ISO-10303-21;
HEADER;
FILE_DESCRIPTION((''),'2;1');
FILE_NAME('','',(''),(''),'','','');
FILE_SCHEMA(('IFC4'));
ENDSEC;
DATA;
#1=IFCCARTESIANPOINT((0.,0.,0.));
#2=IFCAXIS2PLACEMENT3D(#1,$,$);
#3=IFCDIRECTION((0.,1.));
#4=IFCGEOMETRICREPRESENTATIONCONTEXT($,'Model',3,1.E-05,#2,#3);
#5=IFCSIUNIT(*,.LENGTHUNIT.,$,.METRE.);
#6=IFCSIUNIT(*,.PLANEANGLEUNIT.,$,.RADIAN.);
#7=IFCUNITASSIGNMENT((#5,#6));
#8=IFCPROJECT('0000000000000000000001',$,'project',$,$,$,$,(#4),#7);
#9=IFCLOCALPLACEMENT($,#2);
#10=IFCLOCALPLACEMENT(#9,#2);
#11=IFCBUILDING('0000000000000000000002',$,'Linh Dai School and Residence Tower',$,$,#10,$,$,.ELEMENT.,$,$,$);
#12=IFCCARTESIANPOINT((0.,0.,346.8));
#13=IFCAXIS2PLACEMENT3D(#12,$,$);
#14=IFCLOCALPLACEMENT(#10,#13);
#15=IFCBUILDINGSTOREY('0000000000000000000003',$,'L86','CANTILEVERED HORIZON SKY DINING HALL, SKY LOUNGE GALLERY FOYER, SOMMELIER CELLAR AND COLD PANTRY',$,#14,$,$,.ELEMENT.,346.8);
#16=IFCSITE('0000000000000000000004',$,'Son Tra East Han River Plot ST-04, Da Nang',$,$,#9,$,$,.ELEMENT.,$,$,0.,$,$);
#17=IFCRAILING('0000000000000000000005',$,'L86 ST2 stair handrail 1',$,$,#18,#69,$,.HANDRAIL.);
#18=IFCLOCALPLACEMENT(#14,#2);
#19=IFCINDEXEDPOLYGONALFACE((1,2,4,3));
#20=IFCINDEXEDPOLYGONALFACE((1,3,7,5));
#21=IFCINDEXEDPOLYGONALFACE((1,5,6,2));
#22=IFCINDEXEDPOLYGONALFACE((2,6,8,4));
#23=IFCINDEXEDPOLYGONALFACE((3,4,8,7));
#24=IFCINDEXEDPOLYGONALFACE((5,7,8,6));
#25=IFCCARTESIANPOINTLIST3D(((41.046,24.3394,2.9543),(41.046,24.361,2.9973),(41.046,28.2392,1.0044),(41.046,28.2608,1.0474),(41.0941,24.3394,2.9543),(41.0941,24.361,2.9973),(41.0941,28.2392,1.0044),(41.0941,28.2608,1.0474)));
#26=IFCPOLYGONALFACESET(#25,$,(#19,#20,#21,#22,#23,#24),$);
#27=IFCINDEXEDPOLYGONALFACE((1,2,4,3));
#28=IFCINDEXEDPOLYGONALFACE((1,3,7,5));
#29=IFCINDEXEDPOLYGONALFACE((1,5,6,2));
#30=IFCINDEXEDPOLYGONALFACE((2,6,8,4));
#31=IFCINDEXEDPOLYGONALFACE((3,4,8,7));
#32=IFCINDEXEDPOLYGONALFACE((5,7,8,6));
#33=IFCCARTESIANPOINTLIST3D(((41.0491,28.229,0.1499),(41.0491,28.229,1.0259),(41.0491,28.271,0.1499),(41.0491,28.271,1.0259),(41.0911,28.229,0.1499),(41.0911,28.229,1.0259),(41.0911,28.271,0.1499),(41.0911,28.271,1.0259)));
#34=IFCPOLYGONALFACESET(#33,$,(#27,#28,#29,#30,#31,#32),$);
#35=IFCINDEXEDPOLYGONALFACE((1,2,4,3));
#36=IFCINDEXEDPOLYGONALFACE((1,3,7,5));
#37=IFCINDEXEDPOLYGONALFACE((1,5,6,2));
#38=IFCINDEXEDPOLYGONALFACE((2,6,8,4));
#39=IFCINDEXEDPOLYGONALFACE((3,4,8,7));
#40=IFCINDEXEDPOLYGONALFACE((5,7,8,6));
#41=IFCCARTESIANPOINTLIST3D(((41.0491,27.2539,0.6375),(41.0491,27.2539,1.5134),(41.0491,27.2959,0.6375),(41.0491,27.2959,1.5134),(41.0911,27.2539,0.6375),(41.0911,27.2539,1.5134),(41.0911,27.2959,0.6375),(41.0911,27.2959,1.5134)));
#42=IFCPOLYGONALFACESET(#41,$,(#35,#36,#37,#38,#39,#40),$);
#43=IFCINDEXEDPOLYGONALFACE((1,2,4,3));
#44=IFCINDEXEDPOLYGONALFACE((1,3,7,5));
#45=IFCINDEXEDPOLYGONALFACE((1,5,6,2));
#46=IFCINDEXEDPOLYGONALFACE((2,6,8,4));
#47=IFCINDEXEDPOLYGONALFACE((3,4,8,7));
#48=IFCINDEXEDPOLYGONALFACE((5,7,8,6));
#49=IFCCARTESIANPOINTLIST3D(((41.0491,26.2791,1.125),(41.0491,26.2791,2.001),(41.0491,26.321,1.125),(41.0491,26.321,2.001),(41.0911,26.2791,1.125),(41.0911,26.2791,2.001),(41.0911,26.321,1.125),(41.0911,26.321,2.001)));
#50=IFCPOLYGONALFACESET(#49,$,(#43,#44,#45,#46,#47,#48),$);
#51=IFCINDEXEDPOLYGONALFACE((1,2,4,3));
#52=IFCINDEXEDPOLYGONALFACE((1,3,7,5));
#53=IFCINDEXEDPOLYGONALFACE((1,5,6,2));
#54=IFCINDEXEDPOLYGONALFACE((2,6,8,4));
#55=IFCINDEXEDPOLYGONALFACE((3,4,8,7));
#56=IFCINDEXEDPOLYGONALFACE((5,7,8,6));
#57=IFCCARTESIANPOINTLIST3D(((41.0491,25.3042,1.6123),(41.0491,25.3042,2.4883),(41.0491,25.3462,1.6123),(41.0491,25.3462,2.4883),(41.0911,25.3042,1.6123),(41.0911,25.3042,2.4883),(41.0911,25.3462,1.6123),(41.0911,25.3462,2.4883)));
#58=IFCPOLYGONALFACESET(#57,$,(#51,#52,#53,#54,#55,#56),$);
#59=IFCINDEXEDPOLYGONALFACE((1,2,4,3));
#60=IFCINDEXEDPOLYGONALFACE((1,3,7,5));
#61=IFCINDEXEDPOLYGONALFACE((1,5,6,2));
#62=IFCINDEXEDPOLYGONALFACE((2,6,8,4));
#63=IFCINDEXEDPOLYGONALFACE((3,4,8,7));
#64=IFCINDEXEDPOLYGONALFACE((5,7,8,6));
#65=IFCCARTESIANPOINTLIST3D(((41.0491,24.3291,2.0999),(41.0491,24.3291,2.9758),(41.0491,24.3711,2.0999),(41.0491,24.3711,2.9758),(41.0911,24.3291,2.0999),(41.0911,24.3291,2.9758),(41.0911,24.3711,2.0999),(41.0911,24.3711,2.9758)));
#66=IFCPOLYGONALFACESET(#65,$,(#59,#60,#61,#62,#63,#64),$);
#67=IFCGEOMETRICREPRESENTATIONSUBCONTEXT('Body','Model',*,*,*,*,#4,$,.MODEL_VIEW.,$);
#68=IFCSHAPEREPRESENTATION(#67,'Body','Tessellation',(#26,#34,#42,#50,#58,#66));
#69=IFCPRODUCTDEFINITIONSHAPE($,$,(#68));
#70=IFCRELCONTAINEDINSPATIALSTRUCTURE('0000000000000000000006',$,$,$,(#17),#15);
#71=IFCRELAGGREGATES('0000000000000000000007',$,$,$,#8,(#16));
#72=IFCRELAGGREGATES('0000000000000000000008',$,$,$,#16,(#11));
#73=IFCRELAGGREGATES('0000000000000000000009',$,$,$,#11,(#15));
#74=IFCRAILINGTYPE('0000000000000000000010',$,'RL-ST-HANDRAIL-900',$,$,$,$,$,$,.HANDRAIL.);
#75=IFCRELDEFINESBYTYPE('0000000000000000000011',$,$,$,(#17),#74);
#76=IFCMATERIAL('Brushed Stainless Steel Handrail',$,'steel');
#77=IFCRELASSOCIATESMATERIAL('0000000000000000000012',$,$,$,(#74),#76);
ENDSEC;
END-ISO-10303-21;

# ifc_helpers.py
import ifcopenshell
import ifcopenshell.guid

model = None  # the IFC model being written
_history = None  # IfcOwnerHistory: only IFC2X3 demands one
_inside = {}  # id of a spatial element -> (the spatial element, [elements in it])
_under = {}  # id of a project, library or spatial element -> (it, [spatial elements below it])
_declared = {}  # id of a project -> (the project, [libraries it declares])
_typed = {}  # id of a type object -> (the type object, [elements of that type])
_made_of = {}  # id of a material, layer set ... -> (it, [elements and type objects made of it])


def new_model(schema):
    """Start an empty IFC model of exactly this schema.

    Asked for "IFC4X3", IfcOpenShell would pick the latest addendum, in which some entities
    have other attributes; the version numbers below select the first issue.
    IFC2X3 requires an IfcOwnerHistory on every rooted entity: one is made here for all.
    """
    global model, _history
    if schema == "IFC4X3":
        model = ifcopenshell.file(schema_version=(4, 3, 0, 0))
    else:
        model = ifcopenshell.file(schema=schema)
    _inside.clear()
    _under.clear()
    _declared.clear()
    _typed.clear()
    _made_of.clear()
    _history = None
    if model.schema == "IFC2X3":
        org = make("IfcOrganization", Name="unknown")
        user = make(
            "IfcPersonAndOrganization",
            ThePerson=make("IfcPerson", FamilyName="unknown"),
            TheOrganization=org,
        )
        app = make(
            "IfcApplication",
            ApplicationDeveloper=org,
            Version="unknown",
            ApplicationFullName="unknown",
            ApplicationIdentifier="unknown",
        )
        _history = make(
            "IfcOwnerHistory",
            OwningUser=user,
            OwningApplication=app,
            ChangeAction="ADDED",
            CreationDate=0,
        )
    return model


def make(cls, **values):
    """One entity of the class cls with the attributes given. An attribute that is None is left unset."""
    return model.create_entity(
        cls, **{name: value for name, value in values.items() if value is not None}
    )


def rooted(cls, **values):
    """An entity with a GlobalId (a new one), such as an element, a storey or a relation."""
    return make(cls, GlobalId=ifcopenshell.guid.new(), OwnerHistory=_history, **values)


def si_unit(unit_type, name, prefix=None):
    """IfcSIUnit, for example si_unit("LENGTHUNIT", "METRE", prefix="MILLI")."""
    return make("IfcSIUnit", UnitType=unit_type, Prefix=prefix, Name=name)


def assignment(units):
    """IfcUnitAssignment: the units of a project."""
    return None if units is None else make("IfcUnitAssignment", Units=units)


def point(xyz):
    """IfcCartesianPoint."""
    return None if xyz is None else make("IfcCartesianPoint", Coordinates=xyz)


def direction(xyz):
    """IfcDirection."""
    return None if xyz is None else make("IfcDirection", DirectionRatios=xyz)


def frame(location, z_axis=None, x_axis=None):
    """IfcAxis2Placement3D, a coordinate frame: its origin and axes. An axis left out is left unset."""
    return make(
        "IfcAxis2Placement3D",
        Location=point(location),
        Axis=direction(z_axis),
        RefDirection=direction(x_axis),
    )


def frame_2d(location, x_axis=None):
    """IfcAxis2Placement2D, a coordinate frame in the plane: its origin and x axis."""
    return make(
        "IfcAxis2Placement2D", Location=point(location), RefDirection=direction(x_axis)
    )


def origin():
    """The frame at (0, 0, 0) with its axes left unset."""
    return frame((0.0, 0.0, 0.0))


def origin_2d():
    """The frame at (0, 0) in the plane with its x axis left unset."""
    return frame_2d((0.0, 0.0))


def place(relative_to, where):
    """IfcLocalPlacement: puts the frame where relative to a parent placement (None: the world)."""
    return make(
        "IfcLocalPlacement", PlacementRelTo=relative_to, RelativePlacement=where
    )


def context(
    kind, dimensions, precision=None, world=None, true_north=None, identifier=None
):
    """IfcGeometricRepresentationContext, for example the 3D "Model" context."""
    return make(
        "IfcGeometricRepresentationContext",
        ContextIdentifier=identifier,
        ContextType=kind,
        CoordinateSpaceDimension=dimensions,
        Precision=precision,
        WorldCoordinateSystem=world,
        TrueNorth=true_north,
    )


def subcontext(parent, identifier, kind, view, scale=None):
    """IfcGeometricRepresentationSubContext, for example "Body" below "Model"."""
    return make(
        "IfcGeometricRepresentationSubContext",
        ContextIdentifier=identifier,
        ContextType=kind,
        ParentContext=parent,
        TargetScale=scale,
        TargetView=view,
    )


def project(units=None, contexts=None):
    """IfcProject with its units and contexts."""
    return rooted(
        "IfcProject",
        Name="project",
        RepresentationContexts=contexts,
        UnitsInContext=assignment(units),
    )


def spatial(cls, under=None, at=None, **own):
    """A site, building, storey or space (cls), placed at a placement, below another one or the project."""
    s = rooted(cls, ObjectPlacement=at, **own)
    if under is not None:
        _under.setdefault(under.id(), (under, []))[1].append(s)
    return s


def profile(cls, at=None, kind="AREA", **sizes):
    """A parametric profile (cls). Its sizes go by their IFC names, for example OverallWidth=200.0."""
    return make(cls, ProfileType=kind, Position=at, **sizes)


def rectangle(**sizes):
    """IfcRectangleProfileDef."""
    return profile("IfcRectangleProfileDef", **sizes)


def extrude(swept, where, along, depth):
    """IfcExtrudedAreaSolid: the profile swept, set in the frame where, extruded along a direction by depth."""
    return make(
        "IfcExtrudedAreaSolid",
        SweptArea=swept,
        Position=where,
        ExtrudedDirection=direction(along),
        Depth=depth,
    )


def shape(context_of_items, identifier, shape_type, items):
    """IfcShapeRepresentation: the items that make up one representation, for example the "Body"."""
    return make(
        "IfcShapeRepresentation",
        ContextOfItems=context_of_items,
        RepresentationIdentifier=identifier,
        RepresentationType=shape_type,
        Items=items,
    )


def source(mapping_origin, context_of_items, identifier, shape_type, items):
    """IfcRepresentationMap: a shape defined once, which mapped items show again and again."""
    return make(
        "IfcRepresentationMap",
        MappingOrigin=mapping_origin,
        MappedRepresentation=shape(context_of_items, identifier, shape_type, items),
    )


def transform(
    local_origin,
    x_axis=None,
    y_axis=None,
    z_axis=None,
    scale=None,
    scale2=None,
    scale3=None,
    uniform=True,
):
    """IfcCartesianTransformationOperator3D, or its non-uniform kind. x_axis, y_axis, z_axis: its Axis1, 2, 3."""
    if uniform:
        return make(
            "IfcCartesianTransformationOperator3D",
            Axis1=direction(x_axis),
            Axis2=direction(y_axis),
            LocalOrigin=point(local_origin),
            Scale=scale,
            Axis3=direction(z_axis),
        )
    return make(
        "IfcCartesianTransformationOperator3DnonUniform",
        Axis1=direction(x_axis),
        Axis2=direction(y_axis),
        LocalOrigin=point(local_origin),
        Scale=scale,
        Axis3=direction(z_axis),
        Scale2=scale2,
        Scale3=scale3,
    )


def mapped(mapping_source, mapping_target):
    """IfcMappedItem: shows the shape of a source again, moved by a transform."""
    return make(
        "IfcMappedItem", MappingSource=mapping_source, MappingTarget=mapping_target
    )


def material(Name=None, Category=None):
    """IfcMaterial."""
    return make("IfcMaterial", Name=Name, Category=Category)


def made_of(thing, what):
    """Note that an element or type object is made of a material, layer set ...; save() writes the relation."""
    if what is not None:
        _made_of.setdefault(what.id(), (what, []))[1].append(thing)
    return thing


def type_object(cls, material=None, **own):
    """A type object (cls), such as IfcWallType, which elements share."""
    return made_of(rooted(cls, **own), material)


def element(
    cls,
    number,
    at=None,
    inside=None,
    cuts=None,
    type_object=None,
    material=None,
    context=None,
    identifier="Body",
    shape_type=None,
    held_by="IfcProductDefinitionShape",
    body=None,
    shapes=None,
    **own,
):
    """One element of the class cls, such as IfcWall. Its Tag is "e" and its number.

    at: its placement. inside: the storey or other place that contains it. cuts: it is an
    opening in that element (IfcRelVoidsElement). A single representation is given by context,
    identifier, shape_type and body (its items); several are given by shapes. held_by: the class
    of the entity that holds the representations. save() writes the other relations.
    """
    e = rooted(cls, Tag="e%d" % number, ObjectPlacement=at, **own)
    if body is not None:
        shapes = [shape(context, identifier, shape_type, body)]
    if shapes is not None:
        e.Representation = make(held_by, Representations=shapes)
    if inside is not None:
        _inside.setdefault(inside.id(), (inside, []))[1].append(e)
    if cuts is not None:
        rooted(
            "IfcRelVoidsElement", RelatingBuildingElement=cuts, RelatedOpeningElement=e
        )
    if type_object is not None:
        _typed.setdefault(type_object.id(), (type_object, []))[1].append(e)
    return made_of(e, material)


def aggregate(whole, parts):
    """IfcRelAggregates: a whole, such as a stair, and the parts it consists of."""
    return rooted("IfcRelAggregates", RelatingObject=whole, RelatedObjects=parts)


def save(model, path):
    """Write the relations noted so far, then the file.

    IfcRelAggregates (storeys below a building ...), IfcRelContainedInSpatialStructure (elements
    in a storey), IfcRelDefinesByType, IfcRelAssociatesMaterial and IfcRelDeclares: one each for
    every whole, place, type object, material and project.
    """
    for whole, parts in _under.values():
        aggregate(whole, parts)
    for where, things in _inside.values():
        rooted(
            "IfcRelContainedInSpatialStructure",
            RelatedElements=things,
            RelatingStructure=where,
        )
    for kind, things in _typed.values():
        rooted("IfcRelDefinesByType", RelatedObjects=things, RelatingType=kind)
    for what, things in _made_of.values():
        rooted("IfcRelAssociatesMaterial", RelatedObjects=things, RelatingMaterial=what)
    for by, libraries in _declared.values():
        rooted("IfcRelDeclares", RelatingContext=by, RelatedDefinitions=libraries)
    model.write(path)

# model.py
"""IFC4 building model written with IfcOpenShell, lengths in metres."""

from ifc_helpers import new_model, si_unit, direction, frame, origin, origin_2d, place, context, subcontext, project, spatial, rectangle, extrude, source, transform, mapped, material, type_object, element, save


model = new_model("IFC4")

# Units and contexts
model_context = context("Model", 3, precision=1e-05, world=origin(), true_north=direction((0.0, 1.0)))
body_context = subcontext(model_context, "Body", "Model", "MODEL_VIEW")
ifc_project = project(units=[si_unit("LENGTHUNIT", "METRE"), si_unit("PLANEANGLEUNIT", "RADIAN")], contexts=[model_context])

# Site, building, storey
site_placement = place(None, origin())
site = spatial("IfcSite", under=ifc_project, at=site_placement, Name="Son Tra East Han River Plot ST-04, Da Nang", CompositionType="ELEMENT", RefElevation=0.0)
building_placement = place(site_placement, origin())
building = spatial("IfcBuilding", under=site, at=building_placement, Name="Linh Dai School and Residence Tower", CompositionType="ELEMENT")
storey_placement = place(building_placement, frame((0.0, 0.0, 346.8)))
storey = spatial("IfcBuildingStorey", under=building, at=storey_placement, Name="L86", Description="CANTILEVERED HORIZON SKY DINING HALL, SKY LOUNGE GALLERY FOYER, SOMMELIER CELLAR AND COLD PANTRY", CompositionType="ELEMENT", Elevation=346.8)

# Railing
ifc_material_1 = material(Name="Brushed Stainless Steel Handrail", Category="steel")
railing_type_1 = type_object("IfcRailingType", Name="RL-ST-HANDRAIL-900", PredefinedType="HANDRAIL", material=ifc_material_1)
shared_shape_1 = source(origin(), body_context, "Body", "SweptSolid", [
    extrude(rectangle(XDim=0.0481, YDim=0.0481, at=origin_2d()), frame((0.0, 0.0, 0.876), z_axis=(0.0, -0.894427, 0.447214), x_axis=(1.0, 0.0, 0.0)), (0.0, 0.0, 1.0), 4.3601),
    extrude(rectangle(XDim=0.042, YDim=0.042, at=origin_2d()), origin(), (0.0, 0.0, 1.0), 0.876),
    extrude(rectangle(XDim=0.042, YDim=0.042, at=origin_2d()), frame((0.0, -0.9751, 0.4875)), (0.0, 0.0, 1.0), 0.876),
    extrude(rectangle(XDim=0.042, YDim=0.042, at=origin_2d()), frame((0.0, -1.95, 0.9751)), (0.0, 0.0, 1.0), 0.876),
    extrude(rectangle(XDim=0.042, YDim=0.042, at=origin_2d()), frame((0.0, -2.9248, 1.4624)), (0.0, 0.0, 1.0), 0.876),
    extrude(rectangle(XDim=0.042, YDim=0.042, at=origin_2d()), frame((0.0, -3.8999, 1.95)), (0.0, 0.0, 1.0), 0.876),
])
railing_1_placement = place(storey_placement, frame((41.0701, 28.25, 0.1499)))
element("IfcRailing", 1, at=railing_1_placement, inside=storey, type_object=railing_type_1, Name="L86 ST2 stair handrail 1", PredefinedType="HANDRAIL", context=body_context, shape_type="MappedRepresentation", body=[
    mapped(shared_shape_1, transform((0.0, 0.0, 0.0), x_axis=(1.0, 0.0, 0.0), y_axis=(0.0, 1.0, 0.0), z_axis=(0.0, 0.0, 1.0), scale=1.0)),
])

save(model, "model.ifc")
